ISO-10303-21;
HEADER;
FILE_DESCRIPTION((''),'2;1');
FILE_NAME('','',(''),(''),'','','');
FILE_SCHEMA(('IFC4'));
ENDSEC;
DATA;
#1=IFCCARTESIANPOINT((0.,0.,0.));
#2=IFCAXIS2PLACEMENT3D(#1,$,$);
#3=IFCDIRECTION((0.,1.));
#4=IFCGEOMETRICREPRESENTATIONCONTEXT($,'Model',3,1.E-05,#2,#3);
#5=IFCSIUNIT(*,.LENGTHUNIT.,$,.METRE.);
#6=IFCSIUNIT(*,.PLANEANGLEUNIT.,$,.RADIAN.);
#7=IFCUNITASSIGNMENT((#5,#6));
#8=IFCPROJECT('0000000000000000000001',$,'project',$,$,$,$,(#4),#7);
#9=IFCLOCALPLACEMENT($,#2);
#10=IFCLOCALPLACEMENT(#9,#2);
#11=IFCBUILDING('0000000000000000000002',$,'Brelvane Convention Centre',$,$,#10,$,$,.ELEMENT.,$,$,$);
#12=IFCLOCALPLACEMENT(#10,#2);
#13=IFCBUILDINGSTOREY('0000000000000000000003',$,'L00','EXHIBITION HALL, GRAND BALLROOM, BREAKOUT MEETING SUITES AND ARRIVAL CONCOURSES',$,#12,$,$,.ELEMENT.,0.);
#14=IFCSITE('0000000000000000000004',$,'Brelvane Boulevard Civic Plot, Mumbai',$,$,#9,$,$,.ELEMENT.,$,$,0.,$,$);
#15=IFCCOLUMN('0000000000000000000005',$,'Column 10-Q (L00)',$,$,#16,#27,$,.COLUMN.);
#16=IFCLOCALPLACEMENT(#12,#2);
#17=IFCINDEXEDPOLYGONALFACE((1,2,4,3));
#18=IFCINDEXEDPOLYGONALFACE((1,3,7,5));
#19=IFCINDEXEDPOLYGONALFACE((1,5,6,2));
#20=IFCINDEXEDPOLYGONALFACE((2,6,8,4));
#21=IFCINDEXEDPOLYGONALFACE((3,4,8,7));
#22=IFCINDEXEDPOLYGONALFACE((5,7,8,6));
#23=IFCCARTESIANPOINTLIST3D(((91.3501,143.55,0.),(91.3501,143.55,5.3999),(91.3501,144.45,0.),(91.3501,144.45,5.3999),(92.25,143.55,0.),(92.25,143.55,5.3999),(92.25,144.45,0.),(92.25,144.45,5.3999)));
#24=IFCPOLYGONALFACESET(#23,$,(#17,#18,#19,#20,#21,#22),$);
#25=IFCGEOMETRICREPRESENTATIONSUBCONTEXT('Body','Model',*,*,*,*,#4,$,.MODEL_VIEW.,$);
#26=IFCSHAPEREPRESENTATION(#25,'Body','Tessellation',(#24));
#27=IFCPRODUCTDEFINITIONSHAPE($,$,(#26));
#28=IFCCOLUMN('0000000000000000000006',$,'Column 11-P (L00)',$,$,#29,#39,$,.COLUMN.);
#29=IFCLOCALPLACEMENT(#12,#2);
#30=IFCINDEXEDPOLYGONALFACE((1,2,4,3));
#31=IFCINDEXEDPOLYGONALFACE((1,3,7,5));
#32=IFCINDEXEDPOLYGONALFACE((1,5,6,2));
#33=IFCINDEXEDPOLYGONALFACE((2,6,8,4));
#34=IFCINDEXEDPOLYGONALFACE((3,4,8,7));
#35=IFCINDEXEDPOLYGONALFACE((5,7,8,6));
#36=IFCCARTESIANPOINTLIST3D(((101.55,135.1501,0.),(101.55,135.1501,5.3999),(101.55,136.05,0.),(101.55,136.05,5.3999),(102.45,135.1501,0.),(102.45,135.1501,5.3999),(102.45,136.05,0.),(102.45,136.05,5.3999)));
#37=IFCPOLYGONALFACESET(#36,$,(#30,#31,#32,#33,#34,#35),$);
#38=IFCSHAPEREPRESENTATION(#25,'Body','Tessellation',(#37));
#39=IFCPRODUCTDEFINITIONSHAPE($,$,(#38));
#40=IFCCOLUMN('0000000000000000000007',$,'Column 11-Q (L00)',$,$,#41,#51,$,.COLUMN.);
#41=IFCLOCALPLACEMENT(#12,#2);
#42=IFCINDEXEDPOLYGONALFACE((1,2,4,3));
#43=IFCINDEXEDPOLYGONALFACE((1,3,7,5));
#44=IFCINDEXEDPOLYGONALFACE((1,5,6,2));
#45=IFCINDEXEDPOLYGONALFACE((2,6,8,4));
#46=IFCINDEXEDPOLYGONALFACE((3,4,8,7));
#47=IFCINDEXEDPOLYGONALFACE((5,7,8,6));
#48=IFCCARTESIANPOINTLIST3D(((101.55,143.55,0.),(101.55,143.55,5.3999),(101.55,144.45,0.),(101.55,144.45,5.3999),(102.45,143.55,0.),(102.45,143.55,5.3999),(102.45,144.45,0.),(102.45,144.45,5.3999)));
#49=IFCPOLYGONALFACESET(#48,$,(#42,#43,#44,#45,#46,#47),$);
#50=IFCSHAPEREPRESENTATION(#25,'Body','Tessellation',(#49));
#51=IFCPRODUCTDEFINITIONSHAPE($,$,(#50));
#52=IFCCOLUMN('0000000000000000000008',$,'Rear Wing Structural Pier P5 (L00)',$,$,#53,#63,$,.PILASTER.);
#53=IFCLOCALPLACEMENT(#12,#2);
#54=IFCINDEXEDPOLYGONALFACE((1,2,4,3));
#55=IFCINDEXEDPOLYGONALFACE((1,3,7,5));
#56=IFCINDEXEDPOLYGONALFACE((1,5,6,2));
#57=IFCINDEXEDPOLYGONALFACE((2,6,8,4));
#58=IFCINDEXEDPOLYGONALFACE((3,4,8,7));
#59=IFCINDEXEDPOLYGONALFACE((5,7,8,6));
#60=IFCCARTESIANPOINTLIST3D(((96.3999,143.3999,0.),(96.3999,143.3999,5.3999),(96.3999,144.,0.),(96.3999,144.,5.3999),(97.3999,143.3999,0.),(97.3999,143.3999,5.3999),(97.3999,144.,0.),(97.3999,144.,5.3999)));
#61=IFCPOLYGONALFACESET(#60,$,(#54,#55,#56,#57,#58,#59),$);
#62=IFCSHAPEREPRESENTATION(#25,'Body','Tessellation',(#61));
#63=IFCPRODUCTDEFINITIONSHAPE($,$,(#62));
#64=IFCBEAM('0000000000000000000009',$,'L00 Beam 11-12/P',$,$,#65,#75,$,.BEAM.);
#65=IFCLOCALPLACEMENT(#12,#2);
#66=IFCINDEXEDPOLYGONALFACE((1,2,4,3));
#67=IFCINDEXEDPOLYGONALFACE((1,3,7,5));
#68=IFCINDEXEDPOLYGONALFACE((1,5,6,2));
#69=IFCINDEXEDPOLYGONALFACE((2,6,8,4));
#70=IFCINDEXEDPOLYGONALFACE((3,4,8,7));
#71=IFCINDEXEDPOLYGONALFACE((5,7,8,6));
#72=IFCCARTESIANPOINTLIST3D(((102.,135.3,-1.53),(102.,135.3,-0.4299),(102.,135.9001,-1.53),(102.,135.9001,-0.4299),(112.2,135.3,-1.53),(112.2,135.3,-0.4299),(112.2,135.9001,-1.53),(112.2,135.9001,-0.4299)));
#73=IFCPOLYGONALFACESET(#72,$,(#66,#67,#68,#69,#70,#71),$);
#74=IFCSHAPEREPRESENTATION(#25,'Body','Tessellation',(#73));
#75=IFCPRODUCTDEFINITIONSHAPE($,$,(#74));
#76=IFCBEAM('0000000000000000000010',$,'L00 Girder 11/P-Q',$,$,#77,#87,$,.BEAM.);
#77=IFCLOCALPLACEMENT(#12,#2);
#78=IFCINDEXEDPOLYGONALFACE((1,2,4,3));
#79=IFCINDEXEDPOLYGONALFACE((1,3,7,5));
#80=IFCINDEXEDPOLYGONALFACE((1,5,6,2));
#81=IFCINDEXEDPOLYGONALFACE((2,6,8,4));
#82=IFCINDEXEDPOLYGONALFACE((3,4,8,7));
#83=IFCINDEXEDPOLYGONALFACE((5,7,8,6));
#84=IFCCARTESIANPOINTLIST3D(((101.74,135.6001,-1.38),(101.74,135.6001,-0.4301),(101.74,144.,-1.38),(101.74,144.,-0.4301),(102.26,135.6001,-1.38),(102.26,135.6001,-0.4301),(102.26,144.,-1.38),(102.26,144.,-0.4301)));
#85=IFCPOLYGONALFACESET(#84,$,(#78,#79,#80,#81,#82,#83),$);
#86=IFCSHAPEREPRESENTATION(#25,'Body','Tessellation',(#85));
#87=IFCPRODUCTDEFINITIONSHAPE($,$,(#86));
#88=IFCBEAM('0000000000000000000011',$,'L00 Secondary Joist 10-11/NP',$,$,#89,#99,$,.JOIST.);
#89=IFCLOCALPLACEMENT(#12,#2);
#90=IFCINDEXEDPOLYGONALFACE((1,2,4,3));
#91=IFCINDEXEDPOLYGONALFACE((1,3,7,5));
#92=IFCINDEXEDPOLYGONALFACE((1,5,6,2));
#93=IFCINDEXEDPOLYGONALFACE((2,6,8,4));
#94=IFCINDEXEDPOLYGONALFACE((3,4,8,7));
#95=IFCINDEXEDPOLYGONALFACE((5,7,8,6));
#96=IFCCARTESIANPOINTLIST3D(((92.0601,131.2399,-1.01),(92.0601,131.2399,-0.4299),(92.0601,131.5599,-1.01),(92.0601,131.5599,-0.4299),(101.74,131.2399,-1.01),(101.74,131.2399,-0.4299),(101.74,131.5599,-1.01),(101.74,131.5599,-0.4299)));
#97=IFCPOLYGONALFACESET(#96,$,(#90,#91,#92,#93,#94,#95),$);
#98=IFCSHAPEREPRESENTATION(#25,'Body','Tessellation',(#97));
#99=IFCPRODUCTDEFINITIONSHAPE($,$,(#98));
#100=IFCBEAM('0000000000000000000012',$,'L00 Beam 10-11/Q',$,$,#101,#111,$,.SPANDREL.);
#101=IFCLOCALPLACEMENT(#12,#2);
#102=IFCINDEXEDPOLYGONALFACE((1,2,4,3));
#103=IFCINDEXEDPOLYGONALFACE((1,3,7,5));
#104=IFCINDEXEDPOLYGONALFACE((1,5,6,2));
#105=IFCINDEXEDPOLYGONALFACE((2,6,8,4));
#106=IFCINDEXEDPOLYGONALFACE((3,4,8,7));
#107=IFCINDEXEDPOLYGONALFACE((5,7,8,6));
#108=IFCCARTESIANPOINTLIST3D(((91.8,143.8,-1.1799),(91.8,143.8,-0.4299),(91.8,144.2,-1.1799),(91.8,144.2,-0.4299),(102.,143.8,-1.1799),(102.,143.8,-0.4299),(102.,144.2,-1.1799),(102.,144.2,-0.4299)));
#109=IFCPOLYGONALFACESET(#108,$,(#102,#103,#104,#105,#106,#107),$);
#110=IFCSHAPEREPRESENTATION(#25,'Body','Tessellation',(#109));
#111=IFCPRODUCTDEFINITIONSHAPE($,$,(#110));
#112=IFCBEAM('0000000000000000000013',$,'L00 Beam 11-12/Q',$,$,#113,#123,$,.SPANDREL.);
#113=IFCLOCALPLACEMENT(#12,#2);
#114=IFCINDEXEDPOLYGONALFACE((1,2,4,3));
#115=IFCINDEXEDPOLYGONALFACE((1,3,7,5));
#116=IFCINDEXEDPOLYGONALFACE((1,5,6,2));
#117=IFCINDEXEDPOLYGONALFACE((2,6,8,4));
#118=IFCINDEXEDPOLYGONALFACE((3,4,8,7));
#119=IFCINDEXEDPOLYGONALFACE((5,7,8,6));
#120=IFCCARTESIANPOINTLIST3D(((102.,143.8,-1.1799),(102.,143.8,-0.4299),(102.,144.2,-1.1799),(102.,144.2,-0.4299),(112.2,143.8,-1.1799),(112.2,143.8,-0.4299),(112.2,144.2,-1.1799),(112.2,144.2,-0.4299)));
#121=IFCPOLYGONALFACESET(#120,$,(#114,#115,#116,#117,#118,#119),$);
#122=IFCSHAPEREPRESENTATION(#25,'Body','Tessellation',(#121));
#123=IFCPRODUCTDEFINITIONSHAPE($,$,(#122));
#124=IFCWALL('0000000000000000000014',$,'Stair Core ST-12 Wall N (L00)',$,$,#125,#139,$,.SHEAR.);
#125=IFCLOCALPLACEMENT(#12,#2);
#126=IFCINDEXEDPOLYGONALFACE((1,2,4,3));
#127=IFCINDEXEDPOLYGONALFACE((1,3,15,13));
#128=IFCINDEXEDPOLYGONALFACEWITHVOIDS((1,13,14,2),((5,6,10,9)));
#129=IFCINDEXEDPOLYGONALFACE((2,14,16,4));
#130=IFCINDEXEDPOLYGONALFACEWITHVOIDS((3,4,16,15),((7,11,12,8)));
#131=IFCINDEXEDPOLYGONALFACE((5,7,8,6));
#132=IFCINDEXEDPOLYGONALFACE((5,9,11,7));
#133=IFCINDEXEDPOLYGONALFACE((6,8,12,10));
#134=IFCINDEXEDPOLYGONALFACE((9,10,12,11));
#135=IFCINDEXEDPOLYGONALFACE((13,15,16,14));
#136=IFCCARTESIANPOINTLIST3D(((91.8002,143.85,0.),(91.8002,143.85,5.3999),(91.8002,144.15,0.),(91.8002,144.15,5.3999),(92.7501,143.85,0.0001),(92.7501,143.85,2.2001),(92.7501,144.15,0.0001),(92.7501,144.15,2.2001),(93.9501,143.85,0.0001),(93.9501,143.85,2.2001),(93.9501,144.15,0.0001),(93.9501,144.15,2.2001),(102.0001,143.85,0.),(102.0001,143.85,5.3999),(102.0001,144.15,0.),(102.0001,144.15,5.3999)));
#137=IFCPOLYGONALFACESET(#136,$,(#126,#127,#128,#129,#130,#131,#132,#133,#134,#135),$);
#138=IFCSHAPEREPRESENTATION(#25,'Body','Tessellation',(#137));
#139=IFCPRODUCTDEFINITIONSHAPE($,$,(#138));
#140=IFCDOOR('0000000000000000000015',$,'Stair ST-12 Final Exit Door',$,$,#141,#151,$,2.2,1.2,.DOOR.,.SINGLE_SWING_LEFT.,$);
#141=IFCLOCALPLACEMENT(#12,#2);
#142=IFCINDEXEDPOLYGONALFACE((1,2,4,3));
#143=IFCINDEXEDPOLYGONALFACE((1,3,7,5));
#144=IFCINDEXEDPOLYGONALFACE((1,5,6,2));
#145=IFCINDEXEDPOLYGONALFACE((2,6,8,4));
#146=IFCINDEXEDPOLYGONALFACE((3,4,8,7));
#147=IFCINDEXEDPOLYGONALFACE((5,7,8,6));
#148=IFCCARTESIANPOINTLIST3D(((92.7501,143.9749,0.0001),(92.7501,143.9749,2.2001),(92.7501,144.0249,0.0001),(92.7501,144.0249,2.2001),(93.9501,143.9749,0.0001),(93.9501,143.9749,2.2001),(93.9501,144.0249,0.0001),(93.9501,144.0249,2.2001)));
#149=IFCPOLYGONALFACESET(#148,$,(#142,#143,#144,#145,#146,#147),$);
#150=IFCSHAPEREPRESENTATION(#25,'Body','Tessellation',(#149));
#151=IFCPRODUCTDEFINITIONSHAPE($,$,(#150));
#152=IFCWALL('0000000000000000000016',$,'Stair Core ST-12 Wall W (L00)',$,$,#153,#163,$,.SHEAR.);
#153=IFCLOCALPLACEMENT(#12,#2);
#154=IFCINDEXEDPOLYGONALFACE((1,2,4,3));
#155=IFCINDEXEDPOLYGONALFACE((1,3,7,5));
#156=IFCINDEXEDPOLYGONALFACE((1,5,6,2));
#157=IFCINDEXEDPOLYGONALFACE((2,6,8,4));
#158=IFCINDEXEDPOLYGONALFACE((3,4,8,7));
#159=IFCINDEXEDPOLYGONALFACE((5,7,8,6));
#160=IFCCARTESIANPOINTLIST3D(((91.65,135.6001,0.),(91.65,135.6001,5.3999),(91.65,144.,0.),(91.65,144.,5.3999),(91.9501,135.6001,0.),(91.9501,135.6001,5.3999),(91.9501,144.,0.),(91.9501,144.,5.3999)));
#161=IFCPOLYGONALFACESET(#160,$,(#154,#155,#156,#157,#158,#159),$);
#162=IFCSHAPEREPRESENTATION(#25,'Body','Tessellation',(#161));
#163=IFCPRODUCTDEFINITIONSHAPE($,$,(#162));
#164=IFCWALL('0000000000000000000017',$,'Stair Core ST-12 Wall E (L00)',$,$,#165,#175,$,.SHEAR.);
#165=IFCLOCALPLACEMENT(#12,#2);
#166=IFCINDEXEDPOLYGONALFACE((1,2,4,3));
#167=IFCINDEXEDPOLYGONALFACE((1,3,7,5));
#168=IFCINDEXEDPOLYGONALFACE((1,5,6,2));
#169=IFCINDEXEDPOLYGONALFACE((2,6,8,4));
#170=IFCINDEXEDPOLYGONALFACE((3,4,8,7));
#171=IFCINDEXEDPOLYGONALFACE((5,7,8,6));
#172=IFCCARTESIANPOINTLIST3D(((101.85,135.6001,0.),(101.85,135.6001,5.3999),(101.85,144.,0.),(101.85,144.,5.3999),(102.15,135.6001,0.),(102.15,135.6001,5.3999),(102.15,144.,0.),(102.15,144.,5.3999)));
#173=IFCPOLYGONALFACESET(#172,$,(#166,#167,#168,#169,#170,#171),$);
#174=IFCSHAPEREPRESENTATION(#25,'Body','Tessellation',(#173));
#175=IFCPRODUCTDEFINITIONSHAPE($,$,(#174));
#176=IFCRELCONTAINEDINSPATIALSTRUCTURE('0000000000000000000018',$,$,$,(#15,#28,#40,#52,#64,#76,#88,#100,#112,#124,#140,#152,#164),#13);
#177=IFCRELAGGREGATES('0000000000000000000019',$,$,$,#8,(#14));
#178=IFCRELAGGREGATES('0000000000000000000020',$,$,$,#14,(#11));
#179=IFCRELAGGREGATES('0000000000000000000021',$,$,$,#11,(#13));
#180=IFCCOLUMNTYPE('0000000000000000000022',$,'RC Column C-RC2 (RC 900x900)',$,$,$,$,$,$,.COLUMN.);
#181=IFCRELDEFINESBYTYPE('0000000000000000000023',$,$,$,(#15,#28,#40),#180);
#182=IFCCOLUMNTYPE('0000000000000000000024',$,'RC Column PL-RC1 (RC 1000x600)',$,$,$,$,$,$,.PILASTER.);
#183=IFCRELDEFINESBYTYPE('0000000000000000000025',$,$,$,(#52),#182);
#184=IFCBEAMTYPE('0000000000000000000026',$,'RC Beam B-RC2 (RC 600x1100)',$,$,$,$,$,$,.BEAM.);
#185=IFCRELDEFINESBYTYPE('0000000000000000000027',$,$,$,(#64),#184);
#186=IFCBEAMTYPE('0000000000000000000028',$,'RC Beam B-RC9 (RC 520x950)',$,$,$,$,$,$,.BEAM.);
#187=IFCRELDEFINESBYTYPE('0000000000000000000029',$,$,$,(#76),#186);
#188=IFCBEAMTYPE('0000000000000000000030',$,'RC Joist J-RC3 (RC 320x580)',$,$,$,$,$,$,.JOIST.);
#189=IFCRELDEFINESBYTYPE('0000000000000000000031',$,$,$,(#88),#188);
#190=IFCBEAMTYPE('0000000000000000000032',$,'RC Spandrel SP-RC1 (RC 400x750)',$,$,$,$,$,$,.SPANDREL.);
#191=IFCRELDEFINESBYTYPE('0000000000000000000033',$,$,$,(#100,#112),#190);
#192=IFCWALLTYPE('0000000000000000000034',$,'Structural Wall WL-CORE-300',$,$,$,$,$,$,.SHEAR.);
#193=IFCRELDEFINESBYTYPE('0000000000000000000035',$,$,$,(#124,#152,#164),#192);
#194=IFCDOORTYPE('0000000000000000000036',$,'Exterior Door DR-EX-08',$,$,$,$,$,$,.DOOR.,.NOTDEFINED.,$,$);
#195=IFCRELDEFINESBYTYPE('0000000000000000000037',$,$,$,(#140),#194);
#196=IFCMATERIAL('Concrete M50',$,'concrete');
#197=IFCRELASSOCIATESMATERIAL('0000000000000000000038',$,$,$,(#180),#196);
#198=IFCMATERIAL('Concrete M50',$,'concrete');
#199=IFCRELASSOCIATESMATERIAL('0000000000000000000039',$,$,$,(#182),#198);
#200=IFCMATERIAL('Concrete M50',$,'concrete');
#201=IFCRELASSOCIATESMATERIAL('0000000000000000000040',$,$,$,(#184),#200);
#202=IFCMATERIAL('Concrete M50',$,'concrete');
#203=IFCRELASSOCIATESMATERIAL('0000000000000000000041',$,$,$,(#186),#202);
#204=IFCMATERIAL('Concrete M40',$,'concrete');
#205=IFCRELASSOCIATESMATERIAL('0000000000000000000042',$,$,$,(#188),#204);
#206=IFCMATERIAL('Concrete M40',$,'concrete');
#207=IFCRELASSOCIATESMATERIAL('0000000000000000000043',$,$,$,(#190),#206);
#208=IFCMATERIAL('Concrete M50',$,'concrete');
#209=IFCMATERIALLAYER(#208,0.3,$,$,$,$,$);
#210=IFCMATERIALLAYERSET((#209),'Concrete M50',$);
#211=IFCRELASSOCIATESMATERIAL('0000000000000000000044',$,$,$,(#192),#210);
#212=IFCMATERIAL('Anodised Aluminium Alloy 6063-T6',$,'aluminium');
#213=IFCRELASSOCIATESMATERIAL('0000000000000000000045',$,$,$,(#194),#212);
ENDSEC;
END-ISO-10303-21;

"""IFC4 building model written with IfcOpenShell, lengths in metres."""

from ifc_helpers import new_model, si_unit, direction, frame, frame_2d, origin, origin_2d, place, context, subcontext, project, spatial, rectangle, extrude, material, layer, layer_set, material_profile, profile_set, type_object, element, fill, save


model = new_model("IFC4")

# Units and contexts
model_context = context("Model", 3, precision=1e-05, world=origin(), true_north=direction((0.0, 1.0)))
body_context = subcontext(model_context, "Body", "Model", "MODEL_VIEW")
ifc_project = project(units=[si_unit("LENGTHUNIT", "METRE"), si_unit("PLANEANGLEUNIT", "RADIAN")], contexts=[model_context])

# Site, building, storey
site_placement = place(None, origin())
site = spatial("IfcSite", under=ifc_project, at=site_placement, Name="Brelvane Boulevard Civic Plot, Mumbai", CompositionType="ELEMENT", RefElevation=0.0)
building_placement = place(site_placement, origin())
building = spatial("IfcBuilding", under=site, at=building_placement, Name="Brelvane Convention Centre", CompositionType="ELEMENT")
storey_placement = place(building_placement, origin())
storey = spatial("IfcBuildingStorey", under=building, at=storey_placement, Name="L00", Description="EXHIBITION HALL, GRAND BALLROOM, BREAKOUT MEETING SUITES AND ARRIVAL CONCOURSES", CompositionType="ELEMENT", Elevation=0.0)

# Columns
ifc_material_1 = material(Name="Concrete M50", Category="concrete")
ifc_material_profile_1 = material_profile(ifc_material_1, rectangle(XDim=0.8999, YDim=0.8999, at=origin_2d()), Name="RC 900x900")
ifc_profile_set_1 = profile_set([ifc_material_profile_1], Name="Concrete M50")
column_type_1 = type_object("IfcColumnType", Name="RC Column C-RC2 (RC 900x900)", PredefinedType="COLUMN", material=ifc_profile_set_1)
for number, where, z_axis, x_axis, name in (
    (1, (91.8, 144.0, 0.0), (0.0, 0.0, 1.0), (1.0, 0.0, 0.0), "Column 10-Q (L00)"),
    (2, (102.0, 135.6001, 0.0), (0.0, 0.0, 1.0), (1.0, 0.0, 0.0), "Column 11-P (L00)"),
    (3, (102.0, 144.0, 0.0), (0.0, 0.0, 1.0), (1.0, 0.0, 0.0), "Column 11-Q (L00)"),
):
    element("IfcColumn", number, at=place(storey_placement, frame(where, z_axis=z_axis, x_axis=x_axis)), inside=storey, type_object=column_type_1, Name=name, PredefinedType="COLUMN", context=body_context, shape_type="SweptSolid", body=[
        extrude(rectangle(XDim=0.8999, YDim=0.8999, at=origin_2d()), origin(), (0.0, 0.0, 1.0), 5.3999),
    ])
ifc_material_2 = material(Name="Concrete M50", Category="concrete")
ifc_material_profile_2 = material_profile(ifc_material_2, rectangle(XDim=1.0, YDim=0.6001, at=origin_2d()), Name="RC 1000x600")
ifc_profile_set_2 = profile_set([ifc_material_profile_2], Name="Concrete M50")
column_type_2 = type_object("IfcColumnType", Name="RC Column PL-RC1 (RC 1000x600)", PredefinedType="PILASTER", material=ifc_profile_set_2)
column_placement = place(storey_placement, frame((96.8999, 143.7, 0.0), z_axis=(0.0, 0.0, 1.0), x_axis=(1.0, 0.0, 0.0)))
element("IfcColumn", 4, at=column_placement, inside=storey, type_object=column_type_2, Name="Rear Wing Structural Pier P5 (L00)", PredefinedType="PILASTER", context=body_context, shape_type="SweptSolid", body=[
    extrude(rectangle(XDim=1.0, YDim=0.6001, at=origin_2d()), origin(), (0.0, 0.0, 1.0), 5.3999),
])

# Beams
ifc_material_3 = material(Name="Concrete M50", Category="concrete")
ifc_material_profile_3 = material_profile(ifc_material_3, rectangle(XDim=0.6001, YDim=1.1001, at=origin_2d()), Name="RC 600x1100")
ifc_profile_set_3 = profile_set([ifc_material_profile_3], Name="Concrete M50")
beam_type_1 = type_object("IfcBeamType", Name="RC Beam B-RC2 (RC 600x1100)", PredefinedType="BEAM", material=ifc_profile_set_3)
beam_1_placement = place(storey_placement, frame((102.0, 135.6001, -0.98), z_axis=(1.0, 0.0, 0.0), x_axis=(0.0, 1.0, 0.0)))
element("IfcBeam", 5, at=beam_1_placement, inside=storey, type_object=beam_type_1, Name="L00 Beam 11-12/P", PredefinedType="BEAM", context=body_context, shape_type="SweptSolid", body=[
    extrude(rectangle(XDim=0.6001, YDim=1.1001, at=origin_2d()), origin(), (0.0, 0.0, 1.0), 10.2),
])
ifc_material_4 = material(Name="Concrete M50", Category="concrete")
ifc_material_profile_4 = material_profile(ifc_material_4, rectangle(XDim=0.52, YDim=0.95, at=origin_2d()), Name="RC 520x950")
ifc_profile_set_4 = profile_set([ifc_material_profile_4], Name="Concrete M50")
beam_type_2 = type_object("IfcBeamType", Name="RC Beam B-RC9 (RC 520x950)", PredefinedType="BEAM", material=ifc_profile_set_4)
beam_2_placement = place(storey_placement, frame((102.0, 135.6001, -0.905), z_axis=(0.0, 1.0, 0.0), x_axis=(-1.0, 0.0, 0.0)))
element("IfcBeam", 6, at=beam_2_placement, inside=storey, type_object=beam_type_2, Name="L00 Girder 11/P-Q", PredefinedType="BEAM", context=body_context, shape_type="SweptSolid", body=[
    extrude(rectangle(XDim=0.52, YDim=0.95, at=origin_2d()), origin(), (0.0, 0.0, 1.0), 8.3999),
])
ifc_material_5 = material(Name="Concrete M40", Category="concrete")
ifc_material_profile_5 = material_profile(ifc_material_5, rectangle(XDim=0.3201, YDim=0.5801, at=origin_2d()), Name="RC 320x580")
ifc_profile_set_5 = profile_set([ifc_material_profile_5], Name="Concrete M40")
beam_type_3 = type_object("IfcBeamType", Name="RC Joist J-RC3 (RC 320x580)", PredefinedType="JOIST", material=ifc_profile_set_5)
beam_3_placement = place(storey_placement, frame((92.0601, 131.3999, -0.72), z_axis=(1.0, 0.0, 0.0), x_axis=(0.0, 1.0, 0.0)))
element("IfcBeam", 7, at=beam_3_placement, inside=storey, type_object=beam_type_3, Name="L00 Secondary Joist 10-11/NP", PredefinedType="JOIST", context=body_context, shape_type="SweptSolid", body=[
    extrude(rectangle(XDim=0.3201, YDim=0.5801, at=origin_2d()), origin(), (0.0, 0.0, 1.0), 9.6799),
])
ifc_material_6 = material(Name="Concrete M40", Category="concrete")
ifc_material_profile_6 = material_profile(ifc_material_6, rectangle(XDim=0.3999, YDim=0.75, at=origin_2d()), Name="RC 400x750")
ifc_profile_set_6 = profile_set([ifc_material_profile_6], Name="Concrete M40")
beam_type_4 = type_object("IfcBeamType", Name="RC Spandrel SP-RC1 (RC 400x750)", PredefinedType="SPANDREL", material=ifc_profile_set_6)
for number, where, z_axis, x_axis, name in (
    (8, (91.8, 144.0, -0.8049), (1.0, 0.0, 0.0), (0.0, 1.0, 0.0), "L00 Beam 10-11/Q"),
    (9, (102.0, 144.0, -0.8049), (1.0, 0.0, 0.0), (0.0, 1.0, 0.0), "L00 Beam 11-12/Q"),
):
    element("IfcBeam", number, at=place(storey_placement, frame(where, z_axis=z_axis, x_axis=x_axis)), inside=storey, type_object=beam_type_4, Name=name, PredefinedType="SPANDREL", context=body_context, shape_type="SweptSolid", body=[
        extrude(rectangle(XDim=0.3999, YDim=0.75, at=origin_2d()), origin(), (0.0, 0.0, 1.0), 10.2),
    ])

# Wall, opening, door
ifc_material_7 = material(Name="Concrete M50", Category="concrete")
ifc_layer_1 = layer(ifc_material_7, 0.3)
ifc_layer_set_1 = layer_set([ifc_layer_1], Name="Concrete M50")
wall_type_1 = type_object("IfcWallType", Name="Structural Wall WL-CORE-300", PredefinedType="SHEAR", material=ifc_layer_set_1)
wall_1_placement = place(storey_placement, frame((91.8, 144.0, 0.0), z_axis=(0.0, 0.0, 1.0), x_axis=(1.0, 0.0, 0.0)))
wall_1 = element("IfcWall", 10, at=wall_1_placement, inside=storey, type_object=wall_type_1, Name="Stair Core ST-12 Wall N (L00)", PredefinedType="SHEAR", context=body_context, shape_type="SweptSolid", body=[
    extrude(rectangle(XDim=10.2, YDim=0.3, at=frame_2d((5.1001, 0.0))), origin(), (0.0, 0.0, 1.0), 5.3999),
])
opening_1_placement = place(wall_1_placement, frame((0.95, 0.0, 0.0)))
opening_1 = element("IfcOpeningElement", 11, at=opening_1_placement, cuts=wall_1, PredefinedType="OPENING", context=body_context, shape_type="SweptSolid", body=[
    extrude(rectangle(XDim=1.2, YDim=2.2, at=frame_2d((0.6001, 1.1001))), frame((0.0, 0.1599, 0.0), z_axis=(0.0, -1.0, 0.0), x_axis=(1.0, 0.0, 0.0)), (0.0, 0.0, 1.0), 0.3201),
])
ifc_material_8 = material(Name="Anodised Aluminium Alloy 6063-T6", Category="aluminium")
door_type_1 = type_object("IfcDoorType", Name="Exterior Door DR-EX-08", OperationType="NOTDEFINED", PredefinedType="DOOR", material=ifc_material_8)
door_1_placement = place(opening_1_placement, origin())
door_1 = element("IfcDoor", 12, at=door_1_placement, inside=storey, type_object=door_type_1, Name="Stair ST-12 Final Exit Door", OperationType="SINGLE_SWING_LEFT", OverallHeight=2.2, OverallWidth=1.2, PredefinedType="DOOR", context=body_context, shape_type="SweptSolid", body=[
    extrude(rectangle(XDim=1.2, YDim=2.2, at=frame_2d((0.6001, 1.1001))), frame((0.0, 0.0249, 0.0), z_axis=(0.0, -1.0, 0.0), x_axis=(1.0, 0.0, 0.0)), (0.0, 0.0, 1.0), 0.05),
])
fill(opening_1, door_1)

# Walls
for number, where, z_axis, x_axis, name in (
    (13, (91.8, 135.6001, 0.0), (0.0, 0.0, 1.0), (0.0, 1.0, 0.0), "Stair Core ST-12 Wall W (L00)"),
    (14, (102.0, 135.6001, 0.0), (0.0, 0.0, 1.0), (0.0, 1.0, 0.0), "Stair Core ST-12 Wall E (L00)"),
):
    element("IfcWall", number, at=place(storey_placement, frame(where, z_axis=z_axis, x_axis=x_axis)), inside=storey, type_object=wall_type_1, Name=name, PredefinedType="SHEAR", context=body_context, shape_type="SweptSolid", body=[
        extrude(rectangle(XDim=8.3999, YDim=0.3, at=frame_2d((4.2, 0.0))), origin(), (0.0, 0.0, 1.0), 5.3999),
    ])

save(model, "model.ifc")
